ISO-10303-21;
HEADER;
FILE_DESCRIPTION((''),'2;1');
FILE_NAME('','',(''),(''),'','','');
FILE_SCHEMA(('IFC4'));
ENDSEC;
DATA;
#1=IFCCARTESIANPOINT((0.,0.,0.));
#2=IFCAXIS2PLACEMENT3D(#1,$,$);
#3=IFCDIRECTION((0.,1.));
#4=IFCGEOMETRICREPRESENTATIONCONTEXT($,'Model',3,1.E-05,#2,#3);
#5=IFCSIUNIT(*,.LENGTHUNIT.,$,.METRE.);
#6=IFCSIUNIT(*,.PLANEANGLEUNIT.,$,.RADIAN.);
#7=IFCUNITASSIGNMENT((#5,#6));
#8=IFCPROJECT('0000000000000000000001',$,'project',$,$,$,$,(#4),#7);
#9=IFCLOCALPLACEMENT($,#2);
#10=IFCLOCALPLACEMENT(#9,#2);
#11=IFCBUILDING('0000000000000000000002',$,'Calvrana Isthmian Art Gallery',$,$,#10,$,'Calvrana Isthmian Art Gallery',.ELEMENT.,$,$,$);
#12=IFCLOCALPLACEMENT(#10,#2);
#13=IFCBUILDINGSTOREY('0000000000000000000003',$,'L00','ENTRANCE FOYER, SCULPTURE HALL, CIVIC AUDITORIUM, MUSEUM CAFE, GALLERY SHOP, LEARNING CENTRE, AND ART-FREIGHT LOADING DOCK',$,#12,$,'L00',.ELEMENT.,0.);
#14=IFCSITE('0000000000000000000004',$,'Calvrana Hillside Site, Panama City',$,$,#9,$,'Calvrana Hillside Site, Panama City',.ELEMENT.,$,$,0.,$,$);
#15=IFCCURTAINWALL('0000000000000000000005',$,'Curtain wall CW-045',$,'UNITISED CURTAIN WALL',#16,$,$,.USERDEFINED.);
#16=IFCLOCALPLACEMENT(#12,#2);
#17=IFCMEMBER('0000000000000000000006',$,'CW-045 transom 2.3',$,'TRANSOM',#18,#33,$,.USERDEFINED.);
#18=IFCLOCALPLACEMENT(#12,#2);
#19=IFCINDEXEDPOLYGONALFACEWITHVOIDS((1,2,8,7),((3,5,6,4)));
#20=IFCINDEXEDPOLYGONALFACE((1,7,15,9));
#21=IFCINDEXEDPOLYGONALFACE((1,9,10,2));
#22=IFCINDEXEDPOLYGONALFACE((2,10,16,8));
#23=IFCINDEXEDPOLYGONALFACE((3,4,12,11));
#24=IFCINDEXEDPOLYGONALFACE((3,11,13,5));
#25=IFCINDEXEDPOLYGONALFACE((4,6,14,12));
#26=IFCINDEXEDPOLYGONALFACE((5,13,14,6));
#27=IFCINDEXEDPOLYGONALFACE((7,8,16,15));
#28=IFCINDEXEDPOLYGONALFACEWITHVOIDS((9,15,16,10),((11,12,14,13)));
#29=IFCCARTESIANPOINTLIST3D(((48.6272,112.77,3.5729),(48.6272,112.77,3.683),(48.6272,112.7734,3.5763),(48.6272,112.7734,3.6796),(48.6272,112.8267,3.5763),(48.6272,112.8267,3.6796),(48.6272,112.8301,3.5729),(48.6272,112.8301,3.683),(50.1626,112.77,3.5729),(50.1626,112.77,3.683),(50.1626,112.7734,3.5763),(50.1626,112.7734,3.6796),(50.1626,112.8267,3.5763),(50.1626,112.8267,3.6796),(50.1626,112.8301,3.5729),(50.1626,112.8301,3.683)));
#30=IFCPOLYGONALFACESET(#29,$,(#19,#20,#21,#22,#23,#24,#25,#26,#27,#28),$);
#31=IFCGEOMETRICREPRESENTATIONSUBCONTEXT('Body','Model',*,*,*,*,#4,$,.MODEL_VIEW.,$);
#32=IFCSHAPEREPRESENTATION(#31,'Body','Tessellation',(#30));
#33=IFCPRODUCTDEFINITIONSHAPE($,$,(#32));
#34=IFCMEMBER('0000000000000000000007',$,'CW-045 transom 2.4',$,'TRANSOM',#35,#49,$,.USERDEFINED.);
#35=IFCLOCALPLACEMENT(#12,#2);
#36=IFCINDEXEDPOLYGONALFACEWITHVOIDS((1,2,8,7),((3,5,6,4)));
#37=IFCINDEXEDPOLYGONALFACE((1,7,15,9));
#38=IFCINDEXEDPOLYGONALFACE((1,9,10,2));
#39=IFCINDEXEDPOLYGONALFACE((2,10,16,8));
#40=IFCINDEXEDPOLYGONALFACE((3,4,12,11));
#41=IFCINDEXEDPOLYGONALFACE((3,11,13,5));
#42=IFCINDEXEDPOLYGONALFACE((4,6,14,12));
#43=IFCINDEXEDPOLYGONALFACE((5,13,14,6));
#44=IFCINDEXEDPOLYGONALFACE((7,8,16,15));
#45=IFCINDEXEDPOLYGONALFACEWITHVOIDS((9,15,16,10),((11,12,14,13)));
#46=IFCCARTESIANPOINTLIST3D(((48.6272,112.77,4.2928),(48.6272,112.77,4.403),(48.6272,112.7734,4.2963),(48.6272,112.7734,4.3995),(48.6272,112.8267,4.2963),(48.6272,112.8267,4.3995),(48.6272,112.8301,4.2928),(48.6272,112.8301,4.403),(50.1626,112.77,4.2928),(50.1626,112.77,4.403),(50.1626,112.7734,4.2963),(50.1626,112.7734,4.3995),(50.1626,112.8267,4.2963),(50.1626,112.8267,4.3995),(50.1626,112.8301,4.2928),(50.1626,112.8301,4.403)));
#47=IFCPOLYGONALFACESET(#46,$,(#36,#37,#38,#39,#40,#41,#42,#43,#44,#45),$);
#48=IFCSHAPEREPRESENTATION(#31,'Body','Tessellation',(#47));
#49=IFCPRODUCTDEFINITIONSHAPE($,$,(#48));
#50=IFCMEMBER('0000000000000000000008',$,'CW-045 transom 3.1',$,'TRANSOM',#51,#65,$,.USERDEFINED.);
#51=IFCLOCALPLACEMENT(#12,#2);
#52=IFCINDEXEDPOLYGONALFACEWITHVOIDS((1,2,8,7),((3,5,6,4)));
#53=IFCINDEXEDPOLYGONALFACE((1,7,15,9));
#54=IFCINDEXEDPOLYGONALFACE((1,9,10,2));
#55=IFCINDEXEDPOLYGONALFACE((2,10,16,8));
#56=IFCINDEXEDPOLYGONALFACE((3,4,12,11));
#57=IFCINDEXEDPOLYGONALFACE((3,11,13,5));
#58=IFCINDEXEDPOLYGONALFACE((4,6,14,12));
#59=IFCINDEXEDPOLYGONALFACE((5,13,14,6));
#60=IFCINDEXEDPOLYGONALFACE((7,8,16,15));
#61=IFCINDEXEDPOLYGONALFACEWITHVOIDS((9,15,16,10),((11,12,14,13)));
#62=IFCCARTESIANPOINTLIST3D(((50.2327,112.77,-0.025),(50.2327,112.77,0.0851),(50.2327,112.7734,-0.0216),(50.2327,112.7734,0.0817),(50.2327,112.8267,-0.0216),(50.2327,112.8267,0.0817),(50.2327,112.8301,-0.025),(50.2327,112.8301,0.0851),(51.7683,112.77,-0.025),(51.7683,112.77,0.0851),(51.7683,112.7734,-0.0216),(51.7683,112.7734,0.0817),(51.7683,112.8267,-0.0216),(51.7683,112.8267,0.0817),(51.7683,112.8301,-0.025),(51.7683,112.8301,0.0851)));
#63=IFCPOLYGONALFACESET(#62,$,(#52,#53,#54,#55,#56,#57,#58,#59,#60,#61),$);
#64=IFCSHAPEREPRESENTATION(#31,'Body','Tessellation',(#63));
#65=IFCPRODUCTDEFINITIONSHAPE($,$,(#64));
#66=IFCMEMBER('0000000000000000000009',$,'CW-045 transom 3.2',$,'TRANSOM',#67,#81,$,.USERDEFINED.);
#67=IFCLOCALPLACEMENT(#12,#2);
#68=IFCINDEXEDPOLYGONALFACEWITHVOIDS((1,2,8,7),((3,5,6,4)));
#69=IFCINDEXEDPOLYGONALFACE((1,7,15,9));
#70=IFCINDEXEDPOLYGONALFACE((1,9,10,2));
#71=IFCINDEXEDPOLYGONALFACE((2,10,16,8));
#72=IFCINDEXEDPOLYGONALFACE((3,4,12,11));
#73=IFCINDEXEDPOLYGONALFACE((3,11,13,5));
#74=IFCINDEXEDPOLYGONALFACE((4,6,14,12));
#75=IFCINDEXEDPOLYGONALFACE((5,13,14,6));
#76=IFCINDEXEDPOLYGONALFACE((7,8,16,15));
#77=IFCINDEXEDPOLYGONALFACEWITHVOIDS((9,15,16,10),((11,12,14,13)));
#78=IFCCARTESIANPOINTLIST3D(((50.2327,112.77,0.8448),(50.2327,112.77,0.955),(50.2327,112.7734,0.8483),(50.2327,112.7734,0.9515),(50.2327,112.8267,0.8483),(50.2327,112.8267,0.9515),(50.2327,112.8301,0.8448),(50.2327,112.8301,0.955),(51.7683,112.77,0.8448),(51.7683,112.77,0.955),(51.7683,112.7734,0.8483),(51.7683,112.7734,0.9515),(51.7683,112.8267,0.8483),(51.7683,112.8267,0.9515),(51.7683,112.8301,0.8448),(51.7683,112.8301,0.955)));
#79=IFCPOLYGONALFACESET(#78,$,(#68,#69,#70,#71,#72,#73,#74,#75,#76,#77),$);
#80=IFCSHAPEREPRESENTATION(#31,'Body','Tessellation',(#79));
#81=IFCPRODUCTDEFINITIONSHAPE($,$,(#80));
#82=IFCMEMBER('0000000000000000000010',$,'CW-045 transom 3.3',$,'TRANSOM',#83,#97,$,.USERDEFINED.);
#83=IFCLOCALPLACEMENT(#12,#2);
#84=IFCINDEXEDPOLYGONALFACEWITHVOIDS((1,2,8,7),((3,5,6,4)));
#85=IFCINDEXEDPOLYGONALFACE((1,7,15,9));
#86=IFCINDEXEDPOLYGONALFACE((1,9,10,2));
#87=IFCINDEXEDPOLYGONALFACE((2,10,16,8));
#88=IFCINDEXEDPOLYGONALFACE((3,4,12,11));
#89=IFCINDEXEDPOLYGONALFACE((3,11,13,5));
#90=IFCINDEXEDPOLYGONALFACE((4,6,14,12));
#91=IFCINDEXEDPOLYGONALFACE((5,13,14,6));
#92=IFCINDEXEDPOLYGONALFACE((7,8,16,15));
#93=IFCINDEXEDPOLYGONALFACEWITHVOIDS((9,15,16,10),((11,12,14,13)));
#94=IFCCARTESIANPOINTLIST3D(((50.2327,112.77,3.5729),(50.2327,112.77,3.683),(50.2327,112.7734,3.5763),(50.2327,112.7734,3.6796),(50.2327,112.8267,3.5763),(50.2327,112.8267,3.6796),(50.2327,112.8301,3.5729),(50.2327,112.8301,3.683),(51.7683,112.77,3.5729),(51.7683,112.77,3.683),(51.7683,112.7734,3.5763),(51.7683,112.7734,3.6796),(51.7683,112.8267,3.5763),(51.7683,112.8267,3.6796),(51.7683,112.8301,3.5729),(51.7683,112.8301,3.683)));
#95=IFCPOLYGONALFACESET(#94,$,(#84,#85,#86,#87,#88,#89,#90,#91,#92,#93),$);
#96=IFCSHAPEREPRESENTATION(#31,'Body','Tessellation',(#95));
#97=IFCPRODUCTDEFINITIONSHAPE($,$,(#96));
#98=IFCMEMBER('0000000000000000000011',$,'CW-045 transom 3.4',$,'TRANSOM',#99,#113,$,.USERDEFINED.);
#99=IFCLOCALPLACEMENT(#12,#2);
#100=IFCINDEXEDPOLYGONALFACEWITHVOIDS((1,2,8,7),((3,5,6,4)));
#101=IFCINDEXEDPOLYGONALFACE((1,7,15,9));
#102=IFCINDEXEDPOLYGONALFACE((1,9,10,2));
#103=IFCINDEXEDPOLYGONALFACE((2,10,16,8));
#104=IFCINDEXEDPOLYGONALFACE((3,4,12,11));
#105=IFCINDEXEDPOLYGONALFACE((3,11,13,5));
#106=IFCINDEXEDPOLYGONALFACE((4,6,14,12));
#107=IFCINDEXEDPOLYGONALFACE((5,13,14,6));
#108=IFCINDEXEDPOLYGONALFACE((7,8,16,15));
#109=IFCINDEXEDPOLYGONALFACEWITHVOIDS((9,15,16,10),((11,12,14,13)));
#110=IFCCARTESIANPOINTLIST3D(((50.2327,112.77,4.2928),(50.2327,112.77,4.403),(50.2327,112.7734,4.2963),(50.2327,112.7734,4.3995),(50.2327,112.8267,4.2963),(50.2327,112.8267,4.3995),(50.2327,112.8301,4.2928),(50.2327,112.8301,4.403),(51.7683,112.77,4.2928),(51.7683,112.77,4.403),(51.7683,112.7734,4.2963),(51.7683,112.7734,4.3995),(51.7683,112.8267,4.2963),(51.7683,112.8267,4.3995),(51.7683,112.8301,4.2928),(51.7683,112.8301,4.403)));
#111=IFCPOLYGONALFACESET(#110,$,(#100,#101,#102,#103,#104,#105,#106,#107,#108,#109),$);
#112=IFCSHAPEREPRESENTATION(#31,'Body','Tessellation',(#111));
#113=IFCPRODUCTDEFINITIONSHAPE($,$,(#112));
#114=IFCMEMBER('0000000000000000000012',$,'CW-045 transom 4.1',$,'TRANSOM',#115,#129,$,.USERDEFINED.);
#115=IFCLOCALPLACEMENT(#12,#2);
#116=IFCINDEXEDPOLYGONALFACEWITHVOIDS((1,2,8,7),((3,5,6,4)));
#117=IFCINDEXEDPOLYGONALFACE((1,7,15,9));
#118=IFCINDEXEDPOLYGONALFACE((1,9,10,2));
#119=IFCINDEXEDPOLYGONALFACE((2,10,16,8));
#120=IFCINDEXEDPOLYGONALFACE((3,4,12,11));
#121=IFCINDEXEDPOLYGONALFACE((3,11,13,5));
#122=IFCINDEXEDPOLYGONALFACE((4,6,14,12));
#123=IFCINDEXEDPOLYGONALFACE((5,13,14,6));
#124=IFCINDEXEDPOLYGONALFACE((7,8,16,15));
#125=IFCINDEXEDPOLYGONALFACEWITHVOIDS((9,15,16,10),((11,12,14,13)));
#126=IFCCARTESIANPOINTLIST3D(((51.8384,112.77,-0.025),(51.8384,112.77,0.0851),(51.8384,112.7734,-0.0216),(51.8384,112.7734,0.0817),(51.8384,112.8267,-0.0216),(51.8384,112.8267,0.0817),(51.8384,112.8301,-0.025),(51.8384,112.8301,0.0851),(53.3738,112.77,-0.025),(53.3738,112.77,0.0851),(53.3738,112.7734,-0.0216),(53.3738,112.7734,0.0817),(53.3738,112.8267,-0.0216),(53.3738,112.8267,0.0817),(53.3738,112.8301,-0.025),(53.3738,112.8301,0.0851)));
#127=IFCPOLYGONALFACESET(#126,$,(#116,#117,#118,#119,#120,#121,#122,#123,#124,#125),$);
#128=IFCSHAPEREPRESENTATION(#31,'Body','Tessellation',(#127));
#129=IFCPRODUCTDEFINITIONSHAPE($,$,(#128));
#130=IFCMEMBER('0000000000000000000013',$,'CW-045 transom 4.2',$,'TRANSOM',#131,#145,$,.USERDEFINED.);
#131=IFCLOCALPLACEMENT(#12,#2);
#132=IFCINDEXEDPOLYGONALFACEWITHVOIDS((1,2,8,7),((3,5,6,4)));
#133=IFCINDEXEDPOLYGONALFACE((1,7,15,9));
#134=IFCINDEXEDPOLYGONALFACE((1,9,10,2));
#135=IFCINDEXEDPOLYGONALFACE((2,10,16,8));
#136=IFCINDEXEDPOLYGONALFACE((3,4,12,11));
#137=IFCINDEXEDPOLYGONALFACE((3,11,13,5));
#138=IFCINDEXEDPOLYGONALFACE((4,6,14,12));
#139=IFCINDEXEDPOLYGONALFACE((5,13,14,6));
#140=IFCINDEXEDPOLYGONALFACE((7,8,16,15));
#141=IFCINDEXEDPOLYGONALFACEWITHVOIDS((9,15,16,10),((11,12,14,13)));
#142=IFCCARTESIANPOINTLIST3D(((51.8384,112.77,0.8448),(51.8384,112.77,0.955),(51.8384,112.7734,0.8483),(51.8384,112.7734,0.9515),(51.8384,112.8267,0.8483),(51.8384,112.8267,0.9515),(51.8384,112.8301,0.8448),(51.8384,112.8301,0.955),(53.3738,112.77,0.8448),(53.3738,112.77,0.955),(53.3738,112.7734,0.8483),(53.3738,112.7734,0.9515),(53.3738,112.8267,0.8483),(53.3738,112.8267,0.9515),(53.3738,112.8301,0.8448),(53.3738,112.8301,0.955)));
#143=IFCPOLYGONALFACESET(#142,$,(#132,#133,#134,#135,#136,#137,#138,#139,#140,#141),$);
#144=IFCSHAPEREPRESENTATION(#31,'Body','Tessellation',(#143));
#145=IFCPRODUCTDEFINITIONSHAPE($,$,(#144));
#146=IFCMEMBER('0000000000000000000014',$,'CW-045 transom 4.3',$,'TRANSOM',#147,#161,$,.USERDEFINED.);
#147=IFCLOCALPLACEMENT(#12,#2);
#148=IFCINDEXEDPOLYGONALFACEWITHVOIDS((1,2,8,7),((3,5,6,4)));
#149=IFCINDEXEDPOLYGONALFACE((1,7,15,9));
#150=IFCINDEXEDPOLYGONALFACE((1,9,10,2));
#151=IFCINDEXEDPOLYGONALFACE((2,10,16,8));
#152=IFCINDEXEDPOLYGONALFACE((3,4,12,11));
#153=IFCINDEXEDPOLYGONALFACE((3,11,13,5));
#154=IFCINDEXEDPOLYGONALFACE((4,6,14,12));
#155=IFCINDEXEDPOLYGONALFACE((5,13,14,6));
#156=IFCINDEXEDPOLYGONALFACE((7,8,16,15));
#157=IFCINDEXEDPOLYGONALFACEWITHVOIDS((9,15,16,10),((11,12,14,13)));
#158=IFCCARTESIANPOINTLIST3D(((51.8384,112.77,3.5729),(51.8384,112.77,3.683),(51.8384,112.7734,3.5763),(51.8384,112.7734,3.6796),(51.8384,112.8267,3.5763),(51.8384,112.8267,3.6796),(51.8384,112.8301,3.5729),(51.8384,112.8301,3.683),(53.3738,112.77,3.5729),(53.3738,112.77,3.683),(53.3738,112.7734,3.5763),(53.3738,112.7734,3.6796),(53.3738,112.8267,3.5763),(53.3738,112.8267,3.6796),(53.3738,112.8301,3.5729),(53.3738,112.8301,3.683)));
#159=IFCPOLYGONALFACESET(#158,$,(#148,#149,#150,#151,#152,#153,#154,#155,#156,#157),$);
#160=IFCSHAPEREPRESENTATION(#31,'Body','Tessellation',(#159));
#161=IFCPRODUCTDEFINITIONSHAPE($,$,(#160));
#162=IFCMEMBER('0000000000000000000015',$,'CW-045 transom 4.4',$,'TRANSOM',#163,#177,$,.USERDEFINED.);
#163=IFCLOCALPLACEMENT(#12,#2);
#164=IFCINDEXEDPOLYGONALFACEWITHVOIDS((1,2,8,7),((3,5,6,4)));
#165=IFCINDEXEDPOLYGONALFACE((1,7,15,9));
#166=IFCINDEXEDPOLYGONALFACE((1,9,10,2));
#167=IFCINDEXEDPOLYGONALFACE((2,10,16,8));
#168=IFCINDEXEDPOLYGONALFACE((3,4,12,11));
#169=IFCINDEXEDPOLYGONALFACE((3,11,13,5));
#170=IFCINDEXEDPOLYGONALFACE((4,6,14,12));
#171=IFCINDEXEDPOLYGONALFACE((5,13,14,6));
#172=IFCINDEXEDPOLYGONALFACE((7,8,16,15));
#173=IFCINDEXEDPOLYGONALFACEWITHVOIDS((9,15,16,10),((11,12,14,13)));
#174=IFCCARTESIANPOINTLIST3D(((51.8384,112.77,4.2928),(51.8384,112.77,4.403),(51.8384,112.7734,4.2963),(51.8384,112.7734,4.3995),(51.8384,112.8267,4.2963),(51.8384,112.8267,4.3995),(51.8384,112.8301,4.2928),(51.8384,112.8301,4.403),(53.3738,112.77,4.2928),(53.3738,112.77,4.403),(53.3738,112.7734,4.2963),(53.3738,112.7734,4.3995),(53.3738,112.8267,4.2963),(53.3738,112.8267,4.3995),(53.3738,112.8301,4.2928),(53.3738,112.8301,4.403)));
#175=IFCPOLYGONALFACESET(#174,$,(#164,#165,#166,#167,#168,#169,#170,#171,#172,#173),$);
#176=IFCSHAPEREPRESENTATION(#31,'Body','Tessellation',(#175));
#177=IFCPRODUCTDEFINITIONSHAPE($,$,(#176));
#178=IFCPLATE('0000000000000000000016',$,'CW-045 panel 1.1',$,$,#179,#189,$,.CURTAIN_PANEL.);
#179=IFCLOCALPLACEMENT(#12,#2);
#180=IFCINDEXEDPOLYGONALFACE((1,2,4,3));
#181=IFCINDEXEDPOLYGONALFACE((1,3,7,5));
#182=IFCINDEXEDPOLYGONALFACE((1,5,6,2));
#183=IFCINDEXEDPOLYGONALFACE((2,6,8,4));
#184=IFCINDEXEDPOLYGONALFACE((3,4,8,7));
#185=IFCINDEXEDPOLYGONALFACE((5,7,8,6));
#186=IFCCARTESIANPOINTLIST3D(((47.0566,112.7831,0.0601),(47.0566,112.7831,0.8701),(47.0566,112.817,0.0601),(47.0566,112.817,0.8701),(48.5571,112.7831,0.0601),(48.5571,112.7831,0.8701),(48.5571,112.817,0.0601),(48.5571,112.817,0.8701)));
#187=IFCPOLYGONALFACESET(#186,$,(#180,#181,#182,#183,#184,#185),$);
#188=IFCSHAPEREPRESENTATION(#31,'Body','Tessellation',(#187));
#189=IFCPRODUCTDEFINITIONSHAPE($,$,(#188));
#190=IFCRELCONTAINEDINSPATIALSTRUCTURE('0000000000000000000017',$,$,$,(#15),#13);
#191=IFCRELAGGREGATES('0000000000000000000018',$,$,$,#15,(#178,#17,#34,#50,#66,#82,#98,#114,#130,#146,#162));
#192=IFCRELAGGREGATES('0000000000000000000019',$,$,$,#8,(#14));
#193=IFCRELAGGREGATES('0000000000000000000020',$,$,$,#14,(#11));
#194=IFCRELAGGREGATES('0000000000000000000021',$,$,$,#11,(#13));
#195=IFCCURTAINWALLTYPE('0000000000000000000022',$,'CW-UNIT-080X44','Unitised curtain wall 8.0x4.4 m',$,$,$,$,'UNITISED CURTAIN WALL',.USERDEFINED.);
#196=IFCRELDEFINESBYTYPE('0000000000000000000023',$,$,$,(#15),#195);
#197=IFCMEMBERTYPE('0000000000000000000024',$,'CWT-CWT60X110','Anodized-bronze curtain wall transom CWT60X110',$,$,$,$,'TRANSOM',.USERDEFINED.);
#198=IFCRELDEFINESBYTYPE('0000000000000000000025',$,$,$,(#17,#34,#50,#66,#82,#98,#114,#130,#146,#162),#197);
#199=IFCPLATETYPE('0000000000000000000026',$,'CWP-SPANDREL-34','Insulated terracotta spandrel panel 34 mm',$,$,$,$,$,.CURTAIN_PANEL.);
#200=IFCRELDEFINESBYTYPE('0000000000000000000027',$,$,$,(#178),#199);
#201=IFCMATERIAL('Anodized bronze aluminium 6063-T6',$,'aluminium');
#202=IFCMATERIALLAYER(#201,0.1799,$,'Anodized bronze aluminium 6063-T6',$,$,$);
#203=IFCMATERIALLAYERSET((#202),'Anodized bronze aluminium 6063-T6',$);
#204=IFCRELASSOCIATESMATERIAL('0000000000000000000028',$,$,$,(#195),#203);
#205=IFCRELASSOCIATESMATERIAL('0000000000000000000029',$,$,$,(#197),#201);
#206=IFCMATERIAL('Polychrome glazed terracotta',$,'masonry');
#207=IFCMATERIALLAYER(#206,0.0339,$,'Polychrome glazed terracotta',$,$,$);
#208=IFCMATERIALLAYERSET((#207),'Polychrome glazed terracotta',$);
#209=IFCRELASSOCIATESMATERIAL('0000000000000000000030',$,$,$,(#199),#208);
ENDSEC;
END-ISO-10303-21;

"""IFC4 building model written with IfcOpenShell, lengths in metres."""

from ifc_helpers import new_model, si_unit, direction, frame, origin, origin_2d, place, context, subcontext, project, spatial, rectangle, hollow_rectangle, extrude, material, layer, layer_set, material_profile, profile_set, type_object, element, aggregate, save


model = new_model("IFC4")

# Units and contexts
model_context = context("Model", 3, precision=1e-05, world=origin(), true_north=direction((0.0, 1.0)))
body_context = subcontext(model_context, "Body", "Model", "MODEL_VIEW")
ifc_project = project(units=[si_unit("LENGTHUNIT", "METRE"), si_unit("PLANEANGLEUNIT", "RADIAN")], contexts=[model_context])

# Site, building, storey
site_placement = place(None, origin())
site = spatial("IfcSite", under=ifc_project, at=site_placement, Name="Calvrana Hillside Site, Panama City", LongName="Calvrana Hillside Site, Panama City", CompositionType="ELEMENT", RefElevation=0.0)
building_placement = place(site_placement, origin())
building = spatial("IfcBuilding", under=site, at=building_placement, Name="Calvrana Isthmian Art Gallery", LongName="Calvrana Isthmian Art Gallery", CompositionType="ELEMENT")
storey_placement = place(building_placement, origin())
storey = spatial("IfcBuildingStorey", under=building, at=storey_placement, Name="L00", Description="ENTRANCE FOYER, SCULPTURE HALL, CIVIC AUDITORIUM, MUSEUM CAFE, GALLERY SHOP, LEARNING CENTRE, AND ART-FREIGHT LOADING DOCK", LongName="L00", CompositionType="ELEMENT", Elevation=0.0)

# Curtain wall, members, plate
ifc_material_1 = material(Name="Anodized bronze aluminium 6063-T6", Category="aluminium")
ifc_layer_1 = layer(ifc_material_1, 0.1799, Name="Anodized bronze aluminium 6063-T6")
ifc_layer_set_1 = layer_set([ifc_layer_1], Name="Anodized bronze aluminium 6063-T6")
curtain_wall_type = type_object("IfcCurtainWallType", Name="CW-UNIT-080X44", Description="Unitised curtain wall 8.0x4.4 m", ElementType="UNITISED CURTAIN WALL", PredefinedType="USERDEFINED", material=ifc_layer_set_1)
curtain_wall_placement = place(storey_placement, origin())
curtain_wall = element("IfcCurtainWall", 1, at=curtain_wall_placement, inside=storey, type_object=curtain_wall_type, Name="Curtain wall CW-045", ObjectType="UNITISED CURTAIN WALL", PredefinedType="USERDEFINED")
ifc_material_profile_1 = material_profile(ifc_material_1, hollow_rectangle(XDim=0.0601, YDim=0.1101, WallThickness=0.0034, at=origin_2d()), Name="CWT60X110")
ifc_profile_set_1 = profile_set([ifc_material_profile_1], Name="Anodized bronze aluminium 6063-T6")
member_type_1 = type_object("IfcMemberType", Name="CWT-CWT60X110", Description="Anodized-bronze curtain wall transom CWT60X110", ElementType="TRANSOM", PredefinedType="USERDEFINED", material=ifc_profile_set_1)
member_1_placement = place(storey_placement, frame((48.6272, 112.8, 3.6279), z_axis=(1.0, 0.0, 0.0), x_axis=(0.0, 1.0, 0.0)))
member_1 = element("IfcMember", 2, at=member_1_placement, type_object=member_type_1, Name="CW-045 transom 2.3", ObjectType="TRANSOM", PredefinedType="USERDEFINED", context=body_context, shape_type="SweptSolid", body=[
    extrude(hollow_rectangle(XDim=0.0601, YDim=0.1101, WallThickness=0.0034, at=origin_2d()), origin(), (0.0, 0.0, 1.0), 1.5354),
])
member_2_placement = place(storey_placement, frame((48.6272, 112.8, 4.3479), z_axis=(1.0, 0.0, 0.0), x_axis=(0.0, 1.0, 0.0)))
member_2 = element("IfcMember", 3, at=member_2_placement, type_object=member_type_1, Name="CW-045 transom 2.4", ObjectType="TRANSOM", PredefinedType="USERDEFINED", context=body_context, shape_type="SweptSolid", body=[
    extrude(hollow_rectangle(XDim=0.0601, YDim=0.1101, WallThickness=0.0034, at=origin_2d()), origin(), (0.0, 0.0, 1.0), 1.5354),
])
member_3_placement = place(storey_placement, frame((50.2327, 112.8, 0.03), z_axis=(1.0, 0.0, 0.0), x_axis=(0.0, 1.0, 0.0)))
member_3 = element("IfcMember", 4, at=member_3_placement, type_object=member_type_1, Name="CW-045 transom 3.1", ObjectType="TRANSOM", PredefinedType="USERDEFINED", context=body_context, shape_type="SweptSolid", body=[
    extrude(hollow_rectangle(XDim=0.0601, YDim=0.1101, WallThickness=0.0034, at=origin_2d()), origin(), (0.0, 0.0, 1.0), 1.5356),
])
member_4_placement = place(storey_placement, frame((50.2327, 112.8, 0.8999), z_axis=(1.0, 0.0, 0.0), x_axis=(0.0, 1.0, 0.0)))
member_4 = element("IfcMember", 5, at=member_4_placement, type_object=member_type_1, Name="CW-045 transom 3.2", ObjectType="TRANSOM", PredefinedType="USERDEFINED", context=body_context, shape_type="SweptSolid", body=[
    extrude(hollow_rectangle(XDim=0.0601, YDim=0.1101, WallThickness=0.0034, at=origin_2d()), origin(), (0.0, 0.0, 1.0), 1.5356),
])
member_5_placement = place(storey_placement, frame((50.2327, 112.8, 3.6279), z_axis=(1.0, 0.0, 0.0), x_axis=(0.0, 1.0, 0.0)))
member_5 = element("IfcMember", 6, at=member_5_placement, type_object=member_type_1, Name="CW-045 transom 3.3", ObjectType="TRANSOM", PredefinedType="USERDEFINED", context=body_context, shape_type="SweptSolid", body=[
    extrude(hollow_rectangle(XDim=0.0601, YDim=0.1101, WallThickness=0.0034, at=origin_2d()), origin(), (0.0, 0.0, 1.0), 1.5356),
])
member_6_placement = place(storey_placement, frame((50.2327, 112.8, 4.3479), z_axis=(1.0, 0.0, 0.0), x_axis=(0.0, 1.0, 0.0)))
member_6 = element("IfcMember", 7, at=member_6_placement, type_object=member_type_1, Name="CW-045 transom 3.4", ObjectType="TRANSOM", PredefinedType="USERDEFINED", context=body_context, shape_type="SweptSolid", body=[
    extrude(hollow_rectangle(XDim=0.0601, YDim=0.1101, WallThickness=0.0034, at=origin_2d()), origin(), (0.0, 0.0, 1.0), 1.5356),
])
member_7_placement = place(storey_placement, frame((51.8384, 112.8, 0.03), z_axis=(1.0, 0.0, 0.0), x_axis=(0.0, 1.0, 0.0)))
member_7 = element("IfcMember", 8, at=member_7_placement, type_object=member_type_1, Name="CW-045 transom 4.1", ObjectType="TRANSOM", PredefinedType="USERDEFINED", context=body_context, shape_type="SweptSolid", body=[
    extrude(hollow_rectangle(XDim=0.0601, YDim=0.1101, WallThickness=0.0034, at=origin_2d()), origin(), (0.0, 0.0, 1.0), 1.5354),
])
member_8_placement = place(storey_placement, frame((51.8384, 112.8, 0.8999), z_axis=(1.0, 0.0, 0.0), x_axis=(0.0, 1.0, 0.0)))
member_8 = element("IfcMember", 9, at=member_8_placement, type_object=member_type_1, Name="CW-045 transom 4.2", ObjectType="TRANSOM", PredefinedType="USERDEFINED", context=body_context, shape_type="SweptSolid", body=[
    extrude(hollow_rectangle(XDim=0.0601, YDim=0.1101, WallThickness=0.0034, at=origin_2d()), origin(), (0.0, 0.0, 1.0), 1.5354),
])
member_9_placement = place(storey_placement, frame((51.8384, 112.8, 3.6279), z_axis=(1.0, 0.0, 0.0), x_axis=(0.0, 1.0, 0.0)))
member_9 = element("IfcMember", 10, at=member_9_placement, type_object=member_type_1, Name="CW-045 transom 4.3", ObjectType="TRANSOM", PredefinedType="USERDEFINED", context=body_context, shape_type="SweptSolid", body=[
    extrude(hollow_rectangle(XDim=0.0601, YDim=0.1101, WallThickness=0.0034, at=origin_2d()), origin(), (0.0, 0.0, 1.0), 1.5354),
])
member_10_placement = place(storey_placement, frame((51.8384, 112.8, 4.3479), z_axis=(1.0, 0.0, 0.0), x_axis=(0.0, 1.0, 0.0)))
member_10 = element("IfcMember", 11, at=member_10_placement, type_object=member_type_1, Name="CW-045 transom 4.4", ObjectType="TRANSOM", PredefinedType="USERDEFINED", context=body_context, shape_type="SweptSolid", body=[
    extrude(hollow_rectangle(XDim=0.0601, YDim=0.1101, WallThickness=0.0034, at=origin_2d()), origin(), (0.0, 0.0, 1.0), 1.5354),
])
ifc_material_2 = material(Name="Polychrome glazed terracotta", Category="masonry")
ifc_layer_2 = layer(ifc_material_2, 0.0339, Name="Polychrome glazed terracotta")
ifc_layer_set_2 = layer_set([ifc_layer_2], Name="Polychrome glazed terracotta")
plate_type = type_object("IfcPlateType", Name="CWP-SPANDREL-34", Description="Insulated terracotta spandrel panel 34 mm", PredefinedType="CURTAIN_PANEL", material=ifc_layer_set_2)
plate_1_placement = place(storey_placement, frame((47.8069, 112.8, 0.0601), z_axis=(0.0, 0.0, 1.0), x_axis=(1.0, 0.0, 0.0)))
plate_1 = element("IfcPlate", 12, at=plate_1_placement, type_object=plate_type, Name="CW-045 panel 1.1", PredefinedType="CURTAIN_PANEL", context=body_context, shape_type="SweptSolid", body=[
    extrude(rectangle(XDim=1.5005, YDim=0.0339, at=origin_2d()), origin(), (0.0, 0.0, 1.0), 0.8101),
])
aggregate(curtain_wall, [plate_1, member_1, member_2, member_3, member_4, member_5, member_6, member_7, member_8, member_9, member_10])

save(model, "model.ifc")
